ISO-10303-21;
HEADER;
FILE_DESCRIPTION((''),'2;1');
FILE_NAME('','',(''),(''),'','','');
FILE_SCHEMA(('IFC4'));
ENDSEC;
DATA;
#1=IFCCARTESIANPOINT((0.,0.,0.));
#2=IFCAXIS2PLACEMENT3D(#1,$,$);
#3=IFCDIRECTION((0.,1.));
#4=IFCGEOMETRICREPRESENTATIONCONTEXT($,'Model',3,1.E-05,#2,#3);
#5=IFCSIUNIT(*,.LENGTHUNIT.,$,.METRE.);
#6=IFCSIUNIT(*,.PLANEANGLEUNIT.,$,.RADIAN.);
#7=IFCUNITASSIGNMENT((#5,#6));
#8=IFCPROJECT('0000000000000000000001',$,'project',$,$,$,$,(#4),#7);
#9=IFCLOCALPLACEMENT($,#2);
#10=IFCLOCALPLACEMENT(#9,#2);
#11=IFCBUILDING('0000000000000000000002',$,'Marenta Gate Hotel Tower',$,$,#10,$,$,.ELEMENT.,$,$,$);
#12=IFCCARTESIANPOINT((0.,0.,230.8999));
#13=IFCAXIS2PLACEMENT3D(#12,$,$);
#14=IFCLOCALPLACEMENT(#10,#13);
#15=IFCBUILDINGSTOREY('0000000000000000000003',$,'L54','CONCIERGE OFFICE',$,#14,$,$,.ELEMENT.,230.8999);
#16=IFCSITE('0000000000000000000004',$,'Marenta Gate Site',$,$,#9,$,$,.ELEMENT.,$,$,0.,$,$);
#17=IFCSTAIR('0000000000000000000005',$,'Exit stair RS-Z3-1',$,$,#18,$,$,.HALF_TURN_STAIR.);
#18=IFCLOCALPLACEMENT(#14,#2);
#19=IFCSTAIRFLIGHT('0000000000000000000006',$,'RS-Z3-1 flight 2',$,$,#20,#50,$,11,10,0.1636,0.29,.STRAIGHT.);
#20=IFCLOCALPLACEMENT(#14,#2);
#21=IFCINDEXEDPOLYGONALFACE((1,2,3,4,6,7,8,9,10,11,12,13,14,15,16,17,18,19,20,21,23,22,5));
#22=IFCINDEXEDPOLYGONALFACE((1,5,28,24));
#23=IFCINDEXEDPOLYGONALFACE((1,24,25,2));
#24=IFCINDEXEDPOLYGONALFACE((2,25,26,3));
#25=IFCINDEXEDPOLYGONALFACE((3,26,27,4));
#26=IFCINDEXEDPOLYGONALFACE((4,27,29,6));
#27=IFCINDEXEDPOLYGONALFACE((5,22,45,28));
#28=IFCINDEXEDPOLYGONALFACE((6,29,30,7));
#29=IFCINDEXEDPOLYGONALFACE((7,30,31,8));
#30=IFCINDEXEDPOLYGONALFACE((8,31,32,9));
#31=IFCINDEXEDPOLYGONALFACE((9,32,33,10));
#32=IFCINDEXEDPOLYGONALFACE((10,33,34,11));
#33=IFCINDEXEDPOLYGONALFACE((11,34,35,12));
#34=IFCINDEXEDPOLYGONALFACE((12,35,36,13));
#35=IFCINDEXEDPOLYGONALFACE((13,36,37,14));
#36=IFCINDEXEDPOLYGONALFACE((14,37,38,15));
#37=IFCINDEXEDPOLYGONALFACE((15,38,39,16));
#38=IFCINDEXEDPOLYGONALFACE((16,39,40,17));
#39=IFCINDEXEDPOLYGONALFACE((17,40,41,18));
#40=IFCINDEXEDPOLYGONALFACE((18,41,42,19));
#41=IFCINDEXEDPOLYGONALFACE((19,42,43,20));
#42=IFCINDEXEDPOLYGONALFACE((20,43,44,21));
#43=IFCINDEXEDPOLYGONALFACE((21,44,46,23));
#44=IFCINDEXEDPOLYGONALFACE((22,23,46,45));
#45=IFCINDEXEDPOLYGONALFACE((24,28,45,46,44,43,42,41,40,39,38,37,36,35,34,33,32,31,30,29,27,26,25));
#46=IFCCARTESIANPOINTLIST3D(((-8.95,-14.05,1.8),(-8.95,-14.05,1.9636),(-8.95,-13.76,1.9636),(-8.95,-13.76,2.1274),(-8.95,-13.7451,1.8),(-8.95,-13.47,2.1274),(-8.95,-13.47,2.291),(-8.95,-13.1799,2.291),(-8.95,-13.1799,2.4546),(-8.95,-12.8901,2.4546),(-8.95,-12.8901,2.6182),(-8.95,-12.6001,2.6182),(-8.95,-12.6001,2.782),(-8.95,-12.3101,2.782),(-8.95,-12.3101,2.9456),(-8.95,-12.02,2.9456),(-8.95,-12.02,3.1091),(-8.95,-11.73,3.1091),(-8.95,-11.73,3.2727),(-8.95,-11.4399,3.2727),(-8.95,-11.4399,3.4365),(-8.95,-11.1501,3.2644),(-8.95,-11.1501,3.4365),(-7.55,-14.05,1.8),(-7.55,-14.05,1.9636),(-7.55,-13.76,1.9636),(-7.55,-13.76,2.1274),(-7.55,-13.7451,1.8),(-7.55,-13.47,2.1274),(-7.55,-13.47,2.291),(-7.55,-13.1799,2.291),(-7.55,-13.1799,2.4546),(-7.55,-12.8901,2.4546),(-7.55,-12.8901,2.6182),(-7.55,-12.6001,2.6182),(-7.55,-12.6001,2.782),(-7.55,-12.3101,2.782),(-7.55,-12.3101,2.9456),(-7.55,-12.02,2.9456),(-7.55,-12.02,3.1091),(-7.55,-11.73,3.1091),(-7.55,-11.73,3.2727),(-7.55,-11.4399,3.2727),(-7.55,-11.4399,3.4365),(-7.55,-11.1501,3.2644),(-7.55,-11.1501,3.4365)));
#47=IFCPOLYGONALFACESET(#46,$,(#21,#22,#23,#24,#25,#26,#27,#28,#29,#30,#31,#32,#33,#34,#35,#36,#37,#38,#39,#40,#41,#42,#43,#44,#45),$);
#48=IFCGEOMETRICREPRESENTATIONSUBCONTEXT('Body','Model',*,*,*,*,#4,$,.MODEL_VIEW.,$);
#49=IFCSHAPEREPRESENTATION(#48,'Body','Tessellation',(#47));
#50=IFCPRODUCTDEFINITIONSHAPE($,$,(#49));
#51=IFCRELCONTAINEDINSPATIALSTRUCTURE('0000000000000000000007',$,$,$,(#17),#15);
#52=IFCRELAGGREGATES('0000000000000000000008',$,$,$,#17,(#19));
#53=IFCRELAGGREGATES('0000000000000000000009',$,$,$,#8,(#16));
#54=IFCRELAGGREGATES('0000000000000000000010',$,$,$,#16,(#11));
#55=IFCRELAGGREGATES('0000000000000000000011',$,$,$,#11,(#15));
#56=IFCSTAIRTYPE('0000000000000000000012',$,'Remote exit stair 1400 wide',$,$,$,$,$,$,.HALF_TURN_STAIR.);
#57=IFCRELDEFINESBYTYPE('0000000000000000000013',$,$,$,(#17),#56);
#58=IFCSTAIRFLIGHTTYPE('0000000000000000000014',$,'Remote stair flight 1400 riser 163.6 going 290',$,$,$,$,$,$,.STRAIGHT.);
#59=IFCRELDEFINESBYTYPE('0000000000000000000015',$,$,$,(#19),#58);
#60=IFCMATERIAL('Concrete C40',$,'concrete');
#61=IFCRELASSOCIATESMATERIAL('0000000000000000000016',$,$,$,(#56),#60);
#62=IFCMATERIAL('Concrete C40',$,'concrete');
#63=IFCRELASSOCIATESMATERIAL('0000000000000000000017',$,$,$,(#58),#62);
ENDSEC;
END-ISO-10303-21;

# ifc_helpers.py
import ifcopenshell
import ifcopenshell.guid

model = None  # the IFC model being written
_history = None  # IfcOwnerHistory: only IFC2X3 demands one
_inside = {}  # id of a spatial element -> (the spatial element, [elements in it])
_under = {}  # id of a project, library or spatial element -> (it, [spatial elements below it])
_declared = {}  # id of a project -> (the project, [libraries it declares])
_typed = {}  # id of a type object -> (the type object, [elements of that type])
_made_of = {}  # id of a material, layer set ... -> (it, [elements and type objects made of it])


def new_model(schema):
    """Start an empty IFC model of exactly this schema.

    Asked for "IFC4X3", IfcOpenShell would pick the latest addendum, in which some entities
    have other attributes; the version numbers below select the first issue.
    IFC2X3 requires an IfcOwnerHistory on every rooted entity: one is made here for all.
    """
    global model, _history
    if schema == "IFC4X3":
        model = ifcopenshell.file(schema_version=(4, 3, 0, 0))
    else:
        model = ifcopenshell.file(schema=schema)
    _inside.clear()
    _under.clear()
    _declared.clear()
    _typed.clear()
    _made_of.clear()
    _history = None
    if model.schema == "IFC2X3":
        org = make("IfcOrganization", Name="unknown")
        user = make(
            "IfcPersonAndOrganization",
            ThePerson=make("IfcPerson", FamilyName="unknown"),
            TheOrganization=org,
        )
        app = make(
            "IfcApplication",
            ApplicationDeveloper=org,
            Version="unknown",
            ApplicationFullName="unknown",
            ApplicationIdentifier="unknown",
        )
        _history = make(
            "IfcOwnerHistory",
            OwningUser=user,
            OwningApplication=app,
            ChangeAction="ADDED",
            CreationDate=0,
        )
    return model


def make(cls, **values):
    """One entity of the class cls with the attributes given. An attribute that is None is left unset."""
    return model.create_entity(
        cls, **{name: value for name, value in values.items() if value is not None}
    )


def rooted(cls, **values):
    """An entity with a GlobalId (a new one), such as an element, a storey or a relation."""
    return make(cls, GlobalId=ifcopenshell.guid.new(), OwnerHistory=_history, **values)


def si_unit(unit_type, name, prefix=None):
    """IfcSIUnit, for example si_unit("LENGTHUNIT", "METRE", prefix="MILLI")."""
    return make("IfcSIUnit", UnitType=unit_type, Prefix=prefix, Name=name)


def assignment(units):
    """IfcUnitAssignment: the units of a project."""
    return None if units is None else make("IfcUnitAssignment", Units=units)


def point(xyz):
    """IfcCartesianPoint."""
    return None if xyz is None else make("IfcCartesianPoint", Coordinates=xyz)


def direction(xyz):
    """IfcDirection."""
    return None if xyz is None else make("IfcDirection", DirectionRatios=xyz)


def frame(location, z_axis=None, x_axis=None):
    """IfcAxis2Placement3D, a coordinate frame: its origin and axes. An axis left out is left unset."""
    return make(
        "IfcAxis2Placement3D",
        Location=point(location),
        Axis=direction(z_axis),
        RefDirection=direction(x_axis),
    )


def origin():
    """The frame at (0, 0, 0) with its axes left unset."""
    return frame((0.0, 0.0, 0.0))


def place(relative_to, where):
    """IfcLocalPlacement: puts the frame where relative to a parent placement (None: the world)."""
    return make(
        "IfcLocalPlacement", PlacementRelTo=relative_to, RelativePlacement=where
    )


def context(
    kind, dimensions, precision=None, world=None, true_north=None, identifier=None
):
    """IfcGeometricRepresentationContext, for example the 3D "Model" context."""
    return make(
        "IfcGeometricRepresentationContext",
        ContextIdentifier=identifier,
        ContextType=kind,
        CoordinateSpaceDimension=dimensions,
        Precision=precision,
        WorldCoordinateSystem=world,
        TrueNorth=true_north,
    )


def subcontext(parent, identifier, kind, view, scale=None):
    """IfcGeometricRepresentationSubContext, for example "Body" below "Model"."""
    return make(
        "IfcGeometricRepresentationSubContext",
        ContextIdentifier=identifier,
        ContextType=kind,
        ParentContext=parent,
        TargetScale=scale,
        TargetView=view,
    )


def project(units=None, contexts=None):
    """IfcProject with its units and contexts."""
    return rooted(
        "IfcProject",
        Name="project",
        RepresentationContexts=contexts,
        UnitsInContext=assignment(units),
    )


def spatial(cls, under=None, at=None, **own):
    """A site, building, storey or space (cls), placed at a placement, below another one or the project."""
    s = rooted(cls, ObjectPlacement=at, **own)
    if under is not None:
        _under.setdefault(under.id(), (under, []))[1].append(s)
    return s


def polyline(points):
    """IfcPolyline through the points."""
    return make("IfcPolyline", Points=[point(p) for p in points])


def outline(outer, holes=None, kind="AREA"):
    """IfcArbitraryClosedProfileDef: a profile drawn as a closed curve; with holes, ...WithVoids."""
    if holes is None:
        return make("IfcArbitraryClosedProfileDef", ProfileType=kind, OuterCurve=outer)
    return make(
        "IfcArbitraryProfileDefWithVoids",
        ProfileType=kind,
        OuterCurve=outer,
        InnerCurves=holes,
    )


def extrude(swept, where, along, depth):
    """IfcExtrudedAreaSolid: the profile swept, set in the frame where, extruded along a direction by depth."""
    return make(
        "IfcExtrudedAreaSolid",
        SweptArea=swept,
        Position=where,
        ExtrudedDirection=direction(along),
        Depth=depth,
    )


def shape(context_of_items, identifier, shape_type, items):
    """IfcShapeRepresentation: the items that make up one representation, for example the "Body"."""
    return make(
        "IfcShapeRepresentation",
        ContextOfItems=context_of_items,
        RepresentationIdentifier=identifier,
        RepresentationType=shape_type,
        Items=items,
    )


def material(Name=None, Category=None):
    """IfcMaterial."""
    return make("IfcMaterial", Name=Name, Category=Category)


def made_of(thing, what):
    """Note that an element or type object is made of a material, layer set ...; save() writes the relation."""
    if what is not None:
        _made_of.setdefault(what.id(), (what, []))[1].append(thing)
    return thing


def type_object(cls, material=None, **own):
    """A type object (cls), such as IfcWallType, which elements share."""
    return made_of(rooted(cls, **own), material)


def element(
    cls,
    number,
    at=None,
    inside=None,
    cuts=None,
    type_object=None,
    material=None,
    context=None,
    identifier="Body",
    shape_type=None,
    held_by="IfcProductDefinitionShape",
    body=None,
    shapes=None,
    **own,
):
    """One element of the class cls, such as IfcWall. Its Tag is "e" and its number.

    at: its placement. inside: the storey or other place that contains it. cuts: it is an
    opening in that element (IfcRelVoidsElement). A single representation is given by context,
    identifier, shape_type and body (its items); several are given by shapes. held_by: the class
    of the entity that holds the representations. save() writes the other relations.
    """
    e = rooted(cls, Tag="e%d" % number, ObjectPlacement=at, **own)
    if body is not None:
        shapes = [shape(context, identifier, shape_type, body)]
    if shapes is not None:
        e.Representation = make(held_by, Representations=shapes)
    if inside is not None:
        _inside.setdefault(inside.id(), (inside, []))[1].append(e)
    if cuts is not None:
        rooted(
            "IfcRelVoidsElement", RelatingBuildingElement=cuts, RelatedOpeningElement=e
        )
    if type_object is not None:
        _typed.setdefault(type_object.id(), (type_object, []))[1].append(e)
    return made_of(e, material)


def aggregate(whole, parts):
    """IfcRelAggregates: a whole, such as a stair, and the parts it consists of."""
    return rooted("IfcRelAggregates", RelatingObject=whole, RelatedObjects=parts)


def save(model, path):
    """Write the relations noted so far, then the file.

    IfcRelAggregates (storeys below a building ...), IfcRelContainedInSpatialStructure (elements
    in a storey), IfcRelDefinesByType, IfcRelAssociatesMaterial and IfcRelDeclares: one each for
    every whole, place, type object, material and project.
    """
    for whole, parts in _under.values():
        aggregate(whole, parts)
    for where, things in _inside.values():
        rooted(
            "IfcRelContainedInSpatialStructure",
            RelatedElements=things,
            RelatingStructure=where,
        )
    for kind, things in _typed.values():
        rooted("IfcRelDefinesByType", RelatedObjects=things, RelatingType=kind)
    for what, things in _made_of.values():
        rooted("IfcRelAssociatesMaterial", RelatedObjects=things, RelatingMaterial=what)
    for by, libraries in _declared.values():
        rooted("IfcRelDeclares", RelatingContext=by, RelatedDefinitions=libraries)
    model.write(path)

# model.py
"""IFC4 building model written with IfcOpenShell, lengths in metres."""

from ifc_helpers import new_model, si_unit, direction, frame, origin, place, context, subcontext, project, spatial, polyline, outline, extrude, material, type_object, element, aggregate, save


model = new_model("IFC4")

# Units and contexts
model_context = context("Model", 3, precision=1e-05, world=origin(), true_north=direction((0.0, 1.0)))
body_context = subcontext(model_context, "Body", "Model", "MODEL_VIEW")
ifc_project = project(units=[si_unit("LENGTHUNIT", "METRE"), si_unit("PLANEANGLEUNIT", "RADIAN")], contexts=[model_context])

# Site, building, storey
site_placement = place(None, origin())
site = spatial("IfcSite", under=ifc_project, at=site_placement, Name="Marenta Gate Site", CompositionType="ELEMENT", RefElevation=0.0)
building_placement = place(site_placement, origin())
building = spatial("IfcBuilding", under=site, at=building_placement, Name="Marenta Gate Hotel Tower", CompositionType="ELEMENT")
storey_placement = place(building_placement, frame((0.0, 0.0, 230.8999)))
storey = spatial("IfcBuildingStorey", under=building, at=storey_placement, Name="L54", Description="CONCIERGE OFFICE", CompositionType="ELEMENT", Elevation=230.8999)

# Stair, stair flight
ifc_material_1 = material(Name="Concrete C40", Category="concrete")
stair_type = type_object("IfcStairType", Name="Remote exit stair 1400 wide", PredefinedType="HALF_TURN_STAIR", material=ifc_material_1)
stair_placement = place(storey_placement, origin())
stair = element("IfcStair", 1, at=stair_placement, inside=storey, type_object=stair_type, Name="Exit stair RS-Z3-1", PredefinedType="HALF_TURN_STAIR")
ifc_material_2 = material(Name="Concrete C40", Category="concrete")
stair_flight_type = type_object("IfcStairFlightType", Name="Remote stair flight 1400 riser 163.6 going 290", PredefinedType="STRAIGHT", material=ifc_material_2)
stair_flight_placement = place(storey_placement, frame((-8.25, -14.05, 1.8), z_axis=(0.0, 0.0, 1.0), x_axis=(0.0, 1.0, 0.0)))
stair_flight = element("IfcStairFlight", 2, at=stair_flight_placement, type_object=stair_flight_type, Name="RS-Z3-1 flight 2", NumberOfRisers=11, NumberOfTreads=10, PredefinedType="STRAIGHT", RiserHeight=0.1636, TreadLength=0.29, context=body_context, shape_type="SweptSolid", body=[
    extrude(outline(polyline([(0.0, 0.0), (0.0, 0.1636), (0.29, 0.1636), (0.29, 0.3274), (0.5801, 0.3274), (0.5801, 0.491), (0.8701, 0.491), (0.8701, 0.6545), (1.1599, 0.6545), (1.1599, 0.8181), (1.45, 0.8181), (1.45, 0.9819), (1.74, 0.9819), (1.74, 1.1455), (2.03, 1.1455), (2.03, 1.3091), (2.3201, 1.3091), (2.3201, 1.4727), (2.6101, 1.4727), (2.6101, 1.6365), (2.8999, 1.6365), (2.8999, 1.8), (2.8999, 1.4644), (0.3049, 0.0), (0.0, 0.0)])), frame((0.0, 0.7, 0.0), z_axis=(0.0, -1.0, 0.0), x_axis=(1.0, 0.0, 0.0)), (0.0, 0.0, 1.0), 1.3999),
])
aggregate(stair, [stair_flight])

save(model, "model.ifc")
